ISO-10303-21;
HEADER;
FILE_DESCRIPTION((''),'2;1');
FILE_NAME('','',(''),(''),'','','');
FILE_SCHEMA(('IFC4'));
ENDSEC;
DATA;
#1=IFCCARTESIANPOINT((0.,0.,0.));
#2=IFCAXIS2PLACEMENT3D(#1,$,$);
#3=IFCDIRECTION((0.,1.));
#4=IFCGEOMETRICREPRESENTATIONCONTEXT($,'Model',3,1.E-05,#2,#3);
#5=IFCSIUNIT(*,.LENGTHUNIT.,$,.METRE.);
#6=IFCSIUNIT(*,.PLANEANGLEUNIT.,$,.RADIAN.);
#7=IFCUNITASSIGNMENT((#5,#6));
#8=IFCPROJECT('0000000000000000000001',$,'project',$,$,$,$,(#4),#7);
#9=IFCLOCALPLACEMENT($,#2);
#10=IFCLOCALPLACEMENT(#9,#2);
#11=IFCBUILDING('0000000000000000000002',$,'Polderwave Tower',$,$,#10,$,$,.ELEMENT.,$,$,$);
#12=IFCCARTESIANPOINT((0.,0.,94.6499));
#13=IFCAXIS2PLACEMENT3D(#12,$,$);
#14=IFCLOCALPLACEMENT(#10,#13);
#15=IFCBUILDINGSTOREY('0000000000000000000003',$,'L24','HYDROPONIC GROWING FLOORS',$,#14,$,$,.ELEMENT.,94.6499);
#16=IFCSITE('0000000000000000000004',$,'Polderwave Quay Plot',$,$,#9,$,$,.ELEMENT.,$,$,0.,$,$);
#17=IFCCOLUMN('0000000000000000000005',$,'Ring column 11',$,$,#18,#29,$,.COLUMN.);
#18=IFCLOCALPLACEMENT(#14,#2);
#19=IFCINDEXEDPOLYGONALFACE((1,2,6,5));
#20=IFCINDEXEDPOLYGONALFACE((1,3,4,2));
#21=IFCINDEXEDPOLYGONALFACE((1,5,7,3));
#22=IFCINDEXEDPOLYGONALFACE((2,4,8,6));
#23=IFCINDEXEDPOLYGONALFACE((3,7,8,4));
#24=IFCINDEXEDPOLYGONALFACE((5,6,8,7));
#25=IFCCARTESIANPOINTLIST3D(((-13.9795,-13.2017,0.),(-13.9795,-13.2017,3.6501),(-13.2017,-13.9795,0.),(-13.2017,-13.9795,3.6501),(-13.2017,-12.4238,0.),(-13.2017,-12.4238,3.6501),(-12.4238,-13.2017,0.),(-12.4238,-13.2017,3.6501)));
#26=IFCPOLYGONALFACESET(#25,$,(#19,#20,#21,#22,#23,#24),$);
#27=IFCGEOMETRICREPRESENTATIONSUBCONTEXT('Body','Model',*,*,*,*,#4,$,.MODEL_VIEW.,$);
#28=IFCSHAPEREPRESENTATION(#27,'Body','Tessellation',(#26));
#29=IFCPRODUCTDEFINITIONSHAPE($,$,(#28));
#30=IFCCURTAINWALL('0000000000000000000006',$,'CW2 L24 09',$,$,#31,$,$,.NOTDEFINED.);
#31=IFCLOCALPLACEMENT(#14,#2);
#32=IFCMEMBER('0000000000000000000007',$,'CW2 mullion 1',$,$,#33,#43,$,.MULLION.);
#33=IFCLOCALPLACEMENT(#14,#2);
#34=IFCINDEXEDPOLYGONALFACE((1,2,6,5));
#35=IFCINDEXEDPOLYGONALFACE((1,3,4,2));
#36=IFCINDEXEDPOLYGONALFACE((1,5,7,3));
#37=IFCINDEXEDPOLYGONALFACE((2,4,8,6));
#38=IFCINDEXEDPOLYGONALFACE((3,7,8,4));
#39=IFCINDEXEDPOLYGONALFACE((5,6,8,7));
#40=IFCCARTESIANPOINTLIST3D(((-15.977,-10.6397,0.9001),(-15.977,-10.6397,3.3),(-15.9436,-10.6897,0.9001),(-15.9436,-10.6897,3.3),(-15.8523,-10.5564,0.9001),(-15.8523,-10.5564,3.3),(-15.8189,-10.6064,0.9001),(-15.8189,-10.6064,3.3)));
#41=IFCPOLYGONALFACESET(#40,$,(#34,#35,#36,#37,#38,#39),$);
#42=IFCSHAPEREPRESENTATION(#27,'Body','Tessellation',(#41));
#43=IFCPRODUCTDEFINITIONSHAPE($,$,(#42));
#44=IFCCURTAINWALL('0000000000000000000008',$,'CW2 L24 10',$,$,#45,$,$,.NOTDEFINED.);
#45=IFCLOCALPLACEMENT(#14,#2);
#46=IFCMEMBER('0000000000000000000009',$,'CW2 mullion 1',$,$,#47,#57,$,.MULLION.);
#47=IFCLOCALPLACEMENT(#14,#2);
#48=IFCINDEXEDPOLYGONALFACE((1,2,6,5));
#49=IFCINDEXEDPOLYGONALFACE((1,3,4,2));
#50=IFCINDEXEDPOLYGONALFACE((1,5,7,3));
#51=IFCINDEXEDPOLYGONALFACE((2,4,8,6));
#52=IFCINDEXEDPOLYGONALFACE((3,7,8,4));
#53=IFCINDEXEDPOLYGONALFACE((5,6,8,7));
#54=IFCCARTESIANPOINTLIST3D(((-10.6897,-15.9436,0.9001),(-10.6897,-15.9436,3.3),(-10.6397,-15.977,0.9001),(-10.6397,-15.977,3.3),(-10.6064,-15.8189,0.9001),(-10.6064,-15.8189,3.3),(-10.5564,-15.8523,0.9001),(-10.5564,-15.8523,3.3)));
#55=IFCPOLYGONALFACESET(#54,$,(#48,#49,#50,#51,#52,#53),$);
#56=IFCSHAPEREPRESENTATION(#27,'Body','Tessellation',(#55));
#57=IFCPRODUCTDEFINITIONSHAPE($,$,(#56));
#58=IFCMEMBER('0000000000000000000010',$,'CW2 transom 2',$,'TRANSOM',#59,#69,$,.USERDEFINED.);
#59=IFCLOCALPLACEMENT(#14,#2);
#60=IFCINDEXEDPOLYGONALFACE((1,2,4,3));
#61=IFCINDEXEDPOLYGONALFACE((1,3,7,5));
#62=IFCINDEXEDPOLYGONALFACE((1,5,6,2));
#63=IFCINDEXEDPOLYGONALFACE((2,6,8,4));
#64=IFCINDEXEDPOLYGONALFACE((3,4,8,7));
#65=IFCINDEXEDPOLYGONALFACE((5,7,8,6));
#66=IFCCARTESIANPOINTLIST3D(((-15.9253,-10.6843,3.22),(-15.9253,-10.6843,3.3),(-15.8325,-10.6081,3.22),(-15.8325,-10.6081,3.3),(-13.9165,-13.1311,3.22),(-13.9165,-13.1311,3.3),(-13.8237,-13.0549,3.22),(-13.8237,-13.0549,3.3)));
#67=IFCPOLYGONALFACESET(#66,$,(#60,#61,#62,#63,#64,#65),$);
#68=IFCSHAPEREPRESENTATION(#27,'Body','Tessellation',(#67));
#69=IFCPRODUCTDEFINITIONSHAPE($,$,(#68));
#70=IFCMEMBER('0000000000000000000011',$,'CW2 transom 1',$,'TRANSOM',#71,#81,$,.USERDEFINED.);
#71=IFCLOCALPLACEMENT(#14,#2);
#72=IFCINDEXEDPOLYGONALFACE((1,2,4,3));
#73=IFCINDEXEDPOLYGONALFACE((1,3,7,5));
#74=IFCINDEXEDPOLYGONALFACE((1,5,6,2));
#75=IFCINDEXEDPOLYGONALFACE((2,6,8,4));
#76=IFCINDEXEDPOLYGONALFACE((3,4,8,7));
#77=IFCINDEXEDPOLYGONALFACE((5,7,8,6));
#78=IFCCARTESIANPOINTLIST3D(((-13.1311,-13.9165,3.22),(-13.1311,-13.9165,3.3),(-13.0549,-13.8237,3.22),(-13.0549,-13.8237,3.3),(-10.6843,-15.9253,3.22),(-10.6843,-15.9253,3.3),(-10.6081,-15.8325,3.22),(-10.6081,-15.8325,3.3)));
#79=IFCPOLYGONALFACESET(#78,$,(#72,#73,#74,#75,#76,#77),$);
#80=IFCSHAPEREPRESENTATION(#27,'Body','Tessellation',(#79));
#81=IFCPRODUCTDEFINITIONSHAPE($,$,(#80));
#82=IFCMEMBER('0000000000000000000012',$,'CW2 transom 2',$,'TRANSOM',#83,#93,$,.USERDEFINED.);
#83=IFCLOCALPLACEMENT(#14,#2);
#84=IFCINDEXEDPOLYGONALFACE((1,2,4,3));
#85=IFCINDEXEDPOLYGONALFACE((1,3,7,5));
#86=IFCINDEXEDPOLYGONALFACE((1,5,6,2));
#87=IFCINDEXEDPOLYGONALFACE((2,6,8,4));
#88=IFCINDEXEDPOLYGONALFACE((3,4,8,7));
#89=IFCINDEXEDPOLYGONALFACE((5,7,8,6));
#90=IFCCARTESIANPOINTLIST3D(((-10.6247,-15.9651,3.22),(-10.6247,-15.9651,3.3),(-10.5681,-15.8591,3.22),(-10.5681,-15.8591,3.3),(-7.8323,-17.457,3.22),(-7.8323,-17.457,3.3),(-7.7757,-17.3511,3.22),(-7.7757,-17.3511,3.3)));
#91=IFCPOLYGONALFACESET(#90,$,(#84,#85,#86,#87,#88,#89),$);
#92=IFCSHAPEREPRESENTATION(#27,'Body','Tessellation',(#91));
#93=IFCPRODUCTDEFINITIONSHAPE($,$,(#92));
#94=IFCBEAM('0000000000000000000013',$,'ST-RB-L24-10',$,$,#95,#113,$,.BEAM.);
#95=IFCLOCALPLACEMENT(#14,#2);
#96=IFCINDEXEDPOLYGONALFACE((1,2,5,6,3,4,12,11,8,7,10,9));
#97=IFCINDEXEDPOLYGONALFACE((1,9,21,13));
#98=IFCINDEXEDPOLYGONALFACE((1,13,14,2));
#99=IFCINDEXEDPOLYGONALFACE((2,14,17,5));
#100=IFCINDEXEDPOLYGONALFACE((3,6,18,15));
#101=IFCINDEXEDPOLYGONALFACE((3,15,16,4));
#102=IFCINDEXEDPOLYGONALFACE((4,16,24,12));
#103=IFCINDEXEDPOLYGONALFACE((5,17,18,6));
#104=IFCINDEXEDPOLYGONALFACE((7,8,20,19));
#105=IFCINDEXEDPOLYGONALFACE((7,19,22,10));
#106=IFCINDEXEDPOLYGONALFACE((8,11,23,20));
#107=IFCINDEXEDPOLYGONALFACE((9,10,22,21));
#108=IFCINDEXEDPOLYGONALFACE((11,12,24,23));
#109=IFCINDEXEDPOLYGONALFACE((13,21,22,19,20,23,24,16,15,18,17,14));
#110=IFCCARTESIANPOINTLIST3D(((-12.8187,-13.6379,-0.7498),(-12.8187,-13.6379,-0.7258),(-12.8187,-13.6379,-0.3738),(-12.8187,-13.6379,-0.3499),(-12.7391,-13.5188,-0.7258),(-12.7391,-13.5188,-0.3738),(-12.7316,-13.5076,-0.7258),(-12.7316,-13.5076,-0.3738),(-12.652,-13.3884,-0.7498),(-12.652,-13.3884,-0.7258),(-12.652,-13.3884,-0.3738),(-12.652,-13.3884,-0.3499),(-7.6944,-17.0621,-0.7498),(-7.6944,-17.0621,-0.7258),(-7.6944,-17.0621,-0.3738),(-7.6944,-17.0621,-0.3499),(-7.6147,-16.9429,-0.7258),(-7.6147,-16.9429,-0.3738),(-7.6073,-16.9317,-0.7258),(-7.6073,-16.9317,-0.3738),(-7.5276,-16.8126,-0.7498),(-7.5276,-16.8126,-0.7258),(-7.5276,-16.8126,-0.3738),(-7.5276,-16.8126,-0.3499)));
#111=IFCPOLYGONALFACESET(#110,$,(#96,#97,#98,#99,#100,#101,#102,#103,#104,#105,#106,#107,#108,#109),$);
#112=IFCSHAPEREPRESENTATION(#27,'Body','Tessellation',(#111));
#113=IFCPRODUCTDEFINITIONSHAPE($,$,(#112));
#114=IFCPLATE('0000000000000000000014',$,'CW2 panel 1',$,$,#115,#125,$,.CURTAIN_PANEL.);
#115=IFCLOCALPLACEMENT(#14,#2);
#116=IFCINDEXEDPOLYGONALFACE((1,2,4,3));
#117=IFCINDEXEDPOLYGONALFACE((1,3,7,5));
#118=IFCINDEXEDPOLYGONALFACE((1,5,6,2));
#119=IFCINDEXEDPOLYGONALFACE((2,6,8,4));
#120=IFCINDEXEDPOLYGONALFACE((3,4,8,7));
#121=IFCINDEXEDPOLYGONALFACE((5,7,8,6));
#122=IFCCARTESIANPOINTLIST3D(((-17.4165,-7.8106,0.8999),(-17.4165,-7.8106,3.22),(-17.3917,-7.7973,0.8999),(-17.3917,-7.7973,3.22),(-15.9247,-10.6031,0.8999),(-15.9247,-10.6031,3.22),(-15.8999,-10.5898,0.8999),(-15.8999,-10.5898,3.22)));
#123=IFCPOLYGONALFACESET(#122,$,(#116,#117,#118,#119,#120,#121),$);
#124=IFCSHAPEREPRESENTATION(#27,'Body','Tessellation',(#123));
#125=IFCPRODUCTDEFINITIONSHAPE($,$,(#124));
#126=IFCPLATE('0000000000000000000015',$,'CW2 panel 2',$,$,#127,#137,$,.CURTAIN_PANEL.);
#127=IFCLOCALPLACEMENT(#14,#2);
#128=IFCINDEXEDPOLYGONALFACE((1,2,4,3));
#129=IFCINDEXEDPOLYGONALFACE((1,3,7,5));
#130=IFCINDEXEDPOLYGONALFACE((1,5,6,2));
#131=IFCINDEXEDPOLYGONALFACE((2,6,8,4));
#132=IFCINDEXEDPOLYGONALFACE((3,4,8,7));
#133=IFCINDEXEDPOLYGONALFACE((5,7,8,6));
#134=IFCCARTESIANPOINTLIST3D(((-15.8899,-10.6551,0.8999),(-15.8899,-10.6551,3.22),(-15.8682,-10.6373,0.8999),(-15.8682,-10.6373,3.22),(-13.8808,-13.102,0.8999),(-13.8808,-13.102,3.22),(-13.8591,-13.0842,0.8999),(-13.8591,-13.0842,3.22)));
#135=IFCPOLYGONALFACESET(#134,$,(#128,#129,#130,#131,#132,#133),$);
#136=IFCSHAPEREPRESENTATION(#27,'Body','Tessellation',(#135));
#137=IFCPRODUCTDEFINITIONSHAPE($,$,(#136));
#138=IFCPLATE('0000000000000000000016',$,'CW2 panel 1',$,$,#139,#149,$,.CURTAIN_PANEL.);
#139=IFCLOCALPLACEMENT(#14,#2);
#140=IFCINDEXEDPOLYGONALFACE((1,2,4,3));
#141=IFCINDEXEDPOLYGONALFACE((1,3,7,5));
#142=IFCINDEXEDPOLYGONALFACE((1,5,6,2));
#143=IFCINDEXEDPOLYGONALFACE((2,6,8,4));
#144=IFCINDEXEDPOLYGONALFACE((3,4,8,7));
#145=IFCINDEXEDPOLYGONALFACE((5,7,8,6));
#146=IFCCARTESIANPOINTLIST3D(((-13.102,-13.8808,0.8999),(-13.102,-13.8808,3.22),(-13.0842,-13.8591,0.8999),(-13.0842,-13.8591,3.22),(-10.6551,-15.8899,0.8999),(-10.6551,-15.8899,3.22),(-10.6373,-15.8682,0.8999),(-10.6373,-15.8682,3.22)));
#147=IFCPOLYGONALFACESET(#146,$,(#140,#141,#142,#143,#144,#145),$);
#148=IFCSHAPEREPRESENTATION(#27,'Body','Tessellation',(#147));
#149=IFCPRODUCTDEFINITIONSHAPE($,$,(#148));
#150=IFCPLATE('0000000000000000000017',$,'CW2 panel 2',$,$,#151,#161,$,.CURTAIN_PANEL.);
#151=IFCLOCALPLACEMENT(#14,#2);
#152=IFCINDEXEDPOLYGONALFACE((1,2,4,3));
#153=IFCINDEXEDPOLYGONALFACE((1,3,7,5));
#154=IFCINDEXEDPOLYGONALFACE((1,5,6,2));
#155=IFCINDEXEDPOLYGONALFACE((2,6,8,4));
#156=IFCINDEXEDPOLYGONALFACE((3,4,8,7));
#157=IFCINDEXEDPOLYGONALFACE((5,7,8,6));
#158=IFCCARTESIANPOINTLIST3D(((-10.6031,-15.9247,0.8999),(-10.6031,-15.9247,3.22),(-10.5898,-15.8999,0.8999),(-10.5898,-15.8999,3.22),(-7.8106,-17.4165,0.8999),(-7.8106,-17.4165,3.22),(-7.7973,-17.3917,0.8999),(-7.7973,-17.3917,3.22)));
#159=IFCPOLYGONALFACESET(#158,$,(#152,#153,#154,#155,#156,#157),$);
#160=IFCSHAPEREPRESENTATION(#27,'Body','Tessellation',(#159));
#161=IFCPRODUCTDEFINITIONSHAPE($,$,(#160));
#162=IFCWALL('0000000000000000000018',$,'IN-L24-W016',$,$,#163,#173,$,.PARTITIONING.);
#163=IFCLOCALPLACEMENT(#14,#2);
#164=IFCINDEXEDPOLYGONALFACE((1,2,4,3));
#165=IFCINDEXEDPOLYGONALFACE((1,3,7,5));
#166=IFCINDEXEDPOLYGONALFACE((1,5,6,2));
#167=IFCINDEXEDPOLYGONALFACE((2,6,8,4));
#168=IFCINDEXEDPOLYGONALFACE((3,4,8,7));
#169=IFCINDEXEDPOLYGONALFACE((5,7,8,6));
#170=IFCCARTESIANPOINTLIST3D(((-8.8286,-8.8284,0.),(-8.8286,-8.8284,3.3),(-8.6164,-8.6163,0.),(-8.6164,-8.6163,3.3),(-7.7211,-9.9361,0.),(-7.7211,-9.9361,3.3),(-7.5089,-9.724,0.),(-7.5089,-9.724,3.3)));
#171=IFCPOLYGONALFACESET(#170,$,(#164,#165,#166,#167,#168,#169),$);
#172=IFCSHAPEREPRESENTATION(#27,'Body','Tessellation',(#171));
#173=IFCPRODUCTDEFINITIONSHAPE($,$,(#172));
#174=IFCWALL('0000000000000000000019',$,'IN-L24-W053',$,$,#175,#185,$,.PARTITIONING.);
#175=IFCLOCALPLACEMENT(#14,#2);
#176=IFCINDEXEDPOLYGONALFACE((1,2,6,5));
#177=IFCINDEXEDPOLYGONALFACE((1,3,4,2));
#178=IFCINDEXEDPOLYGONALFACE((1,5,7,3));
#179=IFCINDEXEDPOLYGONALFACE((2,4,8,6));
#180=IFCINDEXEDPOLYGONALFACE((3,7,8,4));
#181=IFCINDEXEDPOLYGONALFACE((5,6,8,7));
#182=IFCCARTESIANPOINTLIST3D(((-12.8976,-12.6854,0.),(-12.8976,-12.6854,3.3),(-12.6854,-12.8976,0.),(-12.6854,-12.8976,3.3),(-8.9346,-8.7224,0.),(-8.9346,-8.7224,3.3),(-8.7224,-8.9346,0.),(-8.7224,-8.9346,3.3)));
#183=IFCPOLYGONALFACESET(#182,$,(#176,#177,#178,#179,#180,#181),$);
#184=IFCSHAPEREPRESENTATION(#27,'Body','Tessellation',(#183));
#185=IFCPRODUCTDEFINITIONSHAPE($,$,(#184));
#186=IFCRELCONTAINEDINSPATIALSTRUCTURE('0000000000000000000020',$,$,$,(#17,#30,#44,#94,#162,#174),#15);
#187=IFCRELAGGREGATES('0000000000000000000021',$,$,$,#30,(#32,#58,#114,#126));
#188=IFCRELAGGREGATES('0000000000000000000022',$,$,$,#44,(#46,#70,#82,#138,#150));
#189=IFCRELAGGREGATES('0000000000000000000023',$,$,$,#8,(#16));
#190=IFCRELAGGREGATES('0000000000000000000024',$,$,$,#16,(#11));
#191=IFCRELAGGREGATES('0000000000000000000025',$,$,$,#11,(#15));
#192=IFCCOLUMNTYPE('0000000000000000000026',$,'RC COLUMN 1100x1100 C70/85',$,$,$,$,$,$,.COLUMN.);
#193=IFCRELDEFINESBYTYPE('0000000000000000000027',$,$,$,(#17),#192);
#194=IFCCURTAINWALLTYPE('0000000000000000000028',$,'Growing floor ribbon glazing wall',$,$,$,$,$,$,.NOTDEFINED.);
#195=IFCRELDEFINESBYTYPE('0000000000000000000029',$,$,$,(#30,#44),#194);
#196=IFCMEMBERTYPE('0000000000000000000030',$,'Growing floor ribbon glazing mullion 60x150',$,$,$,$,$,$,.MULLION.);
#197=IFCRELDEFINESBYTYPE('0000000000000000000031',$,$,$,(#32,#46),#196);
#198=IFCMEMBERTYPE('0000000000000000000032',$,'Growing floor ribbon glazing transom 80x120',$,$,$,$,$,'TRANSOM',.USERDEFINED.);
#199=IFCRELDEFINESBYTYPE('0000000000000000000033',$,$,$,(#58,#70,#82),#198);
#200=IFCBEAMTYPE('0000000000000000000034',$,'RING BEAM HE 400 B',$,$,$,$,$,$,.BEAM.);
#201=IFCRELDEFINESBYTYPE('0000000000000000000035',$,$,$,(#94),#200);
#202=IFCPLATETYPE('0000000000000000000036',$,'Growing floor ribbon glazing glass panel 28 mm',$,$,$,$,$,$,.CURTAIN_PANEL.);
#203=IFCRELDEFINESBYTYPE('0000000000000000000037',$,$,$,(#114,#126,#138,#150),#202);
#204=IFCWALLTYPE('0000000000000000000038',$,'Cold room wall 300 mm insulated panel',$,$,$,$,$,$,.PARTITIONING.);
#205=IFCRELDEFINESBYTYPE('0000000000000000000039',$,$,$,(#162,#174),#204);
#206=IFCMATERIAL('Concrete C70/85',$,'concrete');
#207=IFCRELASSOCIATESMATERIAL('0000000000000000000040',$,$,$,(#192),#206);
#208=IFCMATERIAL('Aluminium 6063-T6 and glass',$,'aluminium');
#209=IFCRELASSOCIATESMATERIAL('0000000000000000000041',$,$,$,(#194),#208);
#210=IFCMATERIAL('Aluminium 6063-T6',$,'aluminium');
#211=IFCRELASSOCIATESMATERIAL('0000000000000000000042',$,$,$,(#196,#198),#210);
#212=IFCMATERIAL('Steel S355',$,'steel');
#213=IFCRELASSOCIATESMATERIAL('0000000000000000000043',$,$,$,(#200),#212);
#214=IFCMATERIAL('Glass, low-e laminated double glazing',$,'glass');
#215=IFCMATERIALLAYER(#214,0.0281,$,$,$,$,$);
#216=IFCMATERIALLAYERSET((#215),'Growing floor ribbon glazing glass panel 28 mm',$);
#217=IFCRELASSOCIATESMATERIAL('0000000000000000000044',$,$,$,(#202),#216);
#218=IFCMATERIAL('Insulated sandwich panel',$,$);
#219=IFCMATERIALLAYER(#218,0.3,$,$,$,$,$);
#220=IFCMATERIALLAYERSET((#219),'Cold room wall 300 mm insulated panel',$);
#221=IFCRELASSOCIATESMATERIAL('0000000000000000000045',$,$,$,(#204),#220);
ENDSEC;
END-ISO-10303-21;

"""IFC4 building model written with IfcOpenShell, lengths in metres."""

from ifc_helpers import new_model, si_unit, direction, frame, frame_2d, origin, origin_2d, place, context, subcontext, project, spatial, rectangle, i_section, extrude, material, layer, layer_set, material_profile, profile_set, type_object, element, aggregate, save


model = new_model("IFC4")

# Units and contexts
model_context = context("Model", 3, precision=1e-05, world=origin(), true_north=direction((0.0, 1.0)))
body_context = subcontext(model_context, "Body", "Model", "MODEL_VIEW")
ifc_project = project(units=[si_unit("LENGTHUNIT", "METRE"), si_unit("PLANEANGLEUNIT", "RADIAN")], contexts=[model_context])

# Site, building, storey
site_placement = place(None, origin())
site = spatial("IfcSite", under=ifc_project, at=site_placement, Name="Polderwave Quay Plot", CompositionType="ELEMENT", RefElevation=0.0)
building_placement = place(site_placement, origin())
building = spatial("IfcBuilding", under=site, at=building_placement, Name="Polderwave Tower", CompositionType="ELEMENT")
storey_placement = place(building_placement, frame((0.0, 0.0, 94.6499)))
storey = spatial("IfcBuildingStorey", under=building, at=storey_placement, Name="L24", Description="HYDROPONIC GROWING FLOORS", CompositionType="ELEMENT", Elevation=94.6499)

# Column
ifc_material_1 = material(Name="Concrete C70/85", Category="concrete")
ifc_material_profile_1 = material_profile(ifc_material_1, rectangle(XDim=1.1001, YDim=1.1001, at=origin_2d()), Name="RC 1100x1100")
ifc_profile_set_1 = profile_set([ifc_material_profile_1], Name="Concrete C70/85")
column_type = type_object("IfcColumnType", Name="RC COLUMN 1100x1100 C70/85", PredefinedType="COLUMN", material=ifc_profile_set_1)
column_placement = place(storey_placement, frame((-13.2017, -13.2017, 0.0), z_axis=(0.0, 0.0, 1.0), x_axis=(-0.707107, -0.707107, 0.0)))
element("IfcColumn", 1, at=column_placement, inside=storey, type_object=column_type, Name="Ring column 11", PredefinedType="COLUMN", context=body_context, shape_type="SweptSolid", body=[
    extrude(rectangle(XDim=1.1001, YDim=1.1001, at=origin_2d()), origin(), (0.0, 0.0, 1.0), 3.6501),
])

# Curtain walls, members
ifc_material_2 = material(Name="Aluminium 6063-T6 and glass", Category="aluminium")
curtain_wall_type = type_object("IfcCurtainWallType", Name="Growing floor ribbon glazing wall", PredefinedType="NOTDEFINED", material=ifc_material_2)
curtain_wall_1_placement = place(storey_placement, origin())
curtain_wall_1 = element("IfcCurtainWall", 2, at=curtain_wall_1_placement, inside=storey, type_object=curtain_wall_type, Name="CW2 L24 09", PredefinedType="NOTDEFINED")
ifc_material_3 = material(Name="Aluminium 6063-T6", Category="aluminium")
ifc_material_profile_2 = material_profile(ifc_material_3, rectangle(XDim=0.1499, YDim=0.0601, at=origin_2d()), Name="AL 60x150")
ifc_profile_set_2 = profile_set([ifc_material_profile_2], Name="Aluminium 6063-T6")
member_type_1 = type_object("IfcMemberType", Name="Growing floor ribbon glazing mullion 60x150", PredefinedType="MULLION", material=ifc_profile_set_2)
member_1_placement = place(storey_placement, frame((-15.8979, -10.623, 0.9001), z_axis=(0.0, 0.0, 1.0), x_axis=(0.831468, 0.555573, 0.0)))
member_1 = element("IfcMember", 3, at=member_1_placement, type_object=member_type_1, Name="CW2 mullion 1", PredefinedType="MULLION", context=body_context, shape_type="SweptSolid", body=[
    extrude(rectangle(XDim=0.1499, YDim=0.0601, at=origin_2d()), origin(), (0.0, 0.0, 1.0), 2.3999),
])
curtain_wall_2_placement = place(storey_placement, origin())
curtain_wall_2 = element("IfcCurtainWall", 4, at=curtain_wall_2_placement, inside=storey, type_object=curtain_wall_type, Name="CW2 L24 10", PredefinedType="NOTDEFINED")
member_2_placement = place(storey_placement, frame((-10.623, -15.8979, 0.9001), z_axis=(0.0, 0.0, 1.0), x_axis=(0.555573, 0.831468, 0.0)))
member_2 = element("IfcMember", 5, at=member_2_placement, type_object=member_type_1, Name="CW2 mullion 1", PredefinedType="MULLION", context=body_context, shape_type="SweptSolid", body=[
    extrude(rectangle(XDim=0.1499, YDim=0.0601, at=origin_2d()), origin(), (0.0, 0.0, 1.0), 2.3999),
])

# Members
ifc_material_profile_3 = material_profile(ifc_material_3, rectangle(XDim=0.1201, YDim=0.0801, at=origin_2d()), Name="AL 80x120")
ifc_profile_set_3 = profile_set([ifc_material_profile_3], Name="Aluminium 6063-T6")
member_type_2 = type_object("IfcMemberType", Name="Growing floor ribbon glazing transom 80x120", ElementType="TRANSOM", PredefinedType="USERDEFINED", material=ifc_profile_set_3)
member_3_placement = place(storey_placement, frame((-15.8789, -10.6462, 3.26), z_axis=(0.634539, -0.772891, 0.0), x_axis=(0.772891, 0.634539, 0.0)))
member_3 = element("IfcMember", 6, at=member_3_placement, type_object=member_type_2, Name="CW2 transom 2", ObjectType="TRANSOM", PredefinedType="USERDEFINED", context=body_context, shape_type="SweptSolid", body=[
    extrude(rectangle(XDim=0.1201, YDim=0.0801, at=origin_2d()), origin(), (0.0, 0.0, 1.0), 3.1658),
])
member_4_placement = place(storey_placement, frame((-13.093, -13.8701, 3.26), z_axis=(0.772891, -0.634539, 0.0), x_axis=(0.634539, 0.772891, 0.0)))
member_4 = element("IfcMember", 7, at=member_4_placement, type_object=member_type_2, Name="CW2 transom 1", ObjectType="TRANSOM", PredefinedType="USERDEFINED", context=body_context, shape_type="SweptSolid", body=[
    extrude(rectangle(XDim=0.1201, YDim=0.0801, at=origin_2d()), origin(), (0.0, 0.0, 1.0), 3.1658),
])
member_5_placement = place(storey_placement, frame((-10.5964, -15.9121, 3.26), z_axis=(0.882009, -0.471232, 0.0), x_axis=(0.471232, 0.882009, 0.0)))
member_5 = element("IfcMember", 8, at=member_5_placement, type_object=member_type_2, Name="CW2 transom 2", ObjectType="TRANSOM", PredefinedType="USERDEFINED", context=body_context, shape_type="SweptSolid", body=[
    extrude(rectangle(XDim=0.1201, YDim=0.0801, at=origin_2d()), origin(), (0.0, 0.0, 1.0), 3.166),
])

# Beam
ifc_material_4 = material(Name="Steel S355", Category="steel")
ifc_material_profile_4 = material_profile(ifc_material_4, i_section(OverallWidth=0.3, OverallDepth=0.3999, WebThickness=0.0134, FlangeThickness=0.0239, at=origin_2d()), Name="HE 400 B")
ifc_profile_set_4 = profile_set([ifc_material_profile_4], Name="Steel S355")
beam_type = type_object("IfcBeamType", Name="RING BEAM HE 400 B", PredefinedType="BEAM", material=ifc_profile_set_4)
beam_placement = place(storey_placement, frame((-12.7354, -13.5132, -0.5498), z_axis=(0.831459, -0.555587, 0.0), x_axis=(0.555587, 0.831459, 0.0)))
element("IfcBeam", 9, at=beam_placement, inside=storey, type_object=beam_type, Name="ST-RB-L24-10", PredefinedType="BEAM", context=body_context, shape_type="SweptSolid", body=[
    extrude(i_section(OverallWidth=0.3, OverallDepth=0.3999, WebThickness=0.0134, FlangeThickness=0.0239, at=origin_2d()), origin(), (0.0, 0.0, 1.0), 6.1631),
])

# Plates
ifc_material_5 = material(Name="Glass, low-e laminated double glazing", Category="glass")
ifc_layer_1 = layer(ifc_material_5, 0.0281)
ifc_layer_set_1 = layer_set([ifc_layer_1], Name="Growing floor ribbon glazing glass panel 28 mm")
plate_type = type_object("IfcPlateType", Name="Growing floor ribbon glazing glass panel 28 mm", PredefinedType="CURTAIN_PANEL", material=ifc_layer_set_1)
plate_1_placement = place(storey_placement, frame((-16.6582, -9.2002, 0.8999), z_axis=(0.0, 0.0, 1.0), x_axis=(0.471206, -0.882023, 0.0)))
plate_1 = element("IfcPlate", 10, at=plate_1_placement, type_object=plate_type, Name="CW2 panel 1", PredefinedType="CURTAIN_PANEL", context=body_context, shape_type="SweptSolid", body=[
    extrude(rectangle(XDim=3.166, YDim=0.0281, at=origin_2d()), origin(), (0.0, 0.0, 1.0), 2.3201),
])
plate_2_placement = place(storey_placement, frame((-14.8745, -11.8696, 0.8999), z_axis=(0.0, 0.0, 1.0), x_axis=(0.634566, -0.772869, 0.0)))
plate_2 = element("IfcPlate", 11, at=plate_2_placement, type_object=plate_type, Name="CW2 panel 2", PredefinedType="CURTAIN_PANEL", context=body_context, shape_type="SweptSolid", body=[
    extrude(rectangle(XDim=3.166, YDim=0.0281, at=origin_2d()), origin(), (0.0, 0.0, 1.0), 2.3201),
])
aggregate(curtain_wall_1, [member_1, member_3, plate_1, plate_2])
plate_3_placement = place(storey_placement, frame((-11.8696, -14.8745, 0.8999), z_axis=(0.0, 0.0, 1.0), x_axis=(0.772869, -0.634566, 0.0)))
plate_3 = element("IfcPlate", 12, at=plate_3_placement, type_object=plate_type, Name="CW2 panel 1", PredefinedType="CURTAIN_PANEL", context=body_context, shape_type="SweptSolid", body=[
    extrude(rectangle(XDim=3.166, YDim=0.0281, at=origin_2d()), origin(), (0.0, 0.0, 1.0), 2.3201),
])
plate_4_placement = place(storey_placement, frame((-9.2002, -16.6582, 0.8999), z_axis=(0.0, 0.0, 1.0), x_axis=(0.882023, -0.471206, 0.0)))
plate_4 = element("IfcPlate", 13, at=plate_4_placement, type_object=plate_type, Name="CW2 panel 2", PredefinedType="CURTAIN_PANEL", context=body_context, shape_type="SweptSolid", body=[
    extrude(rectangle(XDim=3.166, YDim=0.0281, at=origin_2d()), origin(), (0.0, 0.0, 1.0), 2.3201),
])
aggregate(curtain_wall_2, [member_2, member_4, member_5, plate_3, plate_4])

# Walls
ifc_material_6 = material(Name="Insulated sandwich panel")
ifc_layer_2 = layer(ifc_material_6, 0.3)
ifc_layer_set_2 = layer_set([ifc_layer_2], Name="Cold room wall 300 mm insulated panel")
wall_type_1 = type_object("IfcWallType", Name="Cold room wall 300 mm insulated panel", PredefinedType="PARTITIONING", material=ifc_layer_set_2)
wall_1_placement = place(storey_placement, frame((-7.615, -9.8301, 0.0), z_axis=(0.0, 0.0, 1.0), x_axis=(-0.707029, 0.707185, 0.0)))
element("IfcWall", 14, at=wall_1_placement, inside=storey, type_object=wall_type_1, Name="IN-L24-W016", PredefinedType="PARTITIONING", context=body_context, shape_type="SweptSolid", body=[
    extrude(rectangle(XDim=1.5664, YDim=0.3, at=frame_2d((0.7832, 0.0))), origin(), (0.0, 0.0, 1.0), 3.3),
])
wall_2_placement = place(storey_placement, frame((-12.7915, -12.7915, 0.0), z_axis=(0.0, 0.0, 1.0), x_axis=(0.707107, 0.707107, 0.0)))
element("IfcWall", 15, at=wall_2_placement, inside=storey, type_object=wall_type_1, Name="IN-L24-W053", PredefinedType="PARTITIONING", context=body_context, shape_type="SweptSolid", body=[
    extrude(rectangle(XDim=5.6045, YDim=0.3, at=frame_2d((2.8022, 0.0))), origin(), (0.0, 0.0, 1.0), 3.3),
])

save(model, "model.ifc")
